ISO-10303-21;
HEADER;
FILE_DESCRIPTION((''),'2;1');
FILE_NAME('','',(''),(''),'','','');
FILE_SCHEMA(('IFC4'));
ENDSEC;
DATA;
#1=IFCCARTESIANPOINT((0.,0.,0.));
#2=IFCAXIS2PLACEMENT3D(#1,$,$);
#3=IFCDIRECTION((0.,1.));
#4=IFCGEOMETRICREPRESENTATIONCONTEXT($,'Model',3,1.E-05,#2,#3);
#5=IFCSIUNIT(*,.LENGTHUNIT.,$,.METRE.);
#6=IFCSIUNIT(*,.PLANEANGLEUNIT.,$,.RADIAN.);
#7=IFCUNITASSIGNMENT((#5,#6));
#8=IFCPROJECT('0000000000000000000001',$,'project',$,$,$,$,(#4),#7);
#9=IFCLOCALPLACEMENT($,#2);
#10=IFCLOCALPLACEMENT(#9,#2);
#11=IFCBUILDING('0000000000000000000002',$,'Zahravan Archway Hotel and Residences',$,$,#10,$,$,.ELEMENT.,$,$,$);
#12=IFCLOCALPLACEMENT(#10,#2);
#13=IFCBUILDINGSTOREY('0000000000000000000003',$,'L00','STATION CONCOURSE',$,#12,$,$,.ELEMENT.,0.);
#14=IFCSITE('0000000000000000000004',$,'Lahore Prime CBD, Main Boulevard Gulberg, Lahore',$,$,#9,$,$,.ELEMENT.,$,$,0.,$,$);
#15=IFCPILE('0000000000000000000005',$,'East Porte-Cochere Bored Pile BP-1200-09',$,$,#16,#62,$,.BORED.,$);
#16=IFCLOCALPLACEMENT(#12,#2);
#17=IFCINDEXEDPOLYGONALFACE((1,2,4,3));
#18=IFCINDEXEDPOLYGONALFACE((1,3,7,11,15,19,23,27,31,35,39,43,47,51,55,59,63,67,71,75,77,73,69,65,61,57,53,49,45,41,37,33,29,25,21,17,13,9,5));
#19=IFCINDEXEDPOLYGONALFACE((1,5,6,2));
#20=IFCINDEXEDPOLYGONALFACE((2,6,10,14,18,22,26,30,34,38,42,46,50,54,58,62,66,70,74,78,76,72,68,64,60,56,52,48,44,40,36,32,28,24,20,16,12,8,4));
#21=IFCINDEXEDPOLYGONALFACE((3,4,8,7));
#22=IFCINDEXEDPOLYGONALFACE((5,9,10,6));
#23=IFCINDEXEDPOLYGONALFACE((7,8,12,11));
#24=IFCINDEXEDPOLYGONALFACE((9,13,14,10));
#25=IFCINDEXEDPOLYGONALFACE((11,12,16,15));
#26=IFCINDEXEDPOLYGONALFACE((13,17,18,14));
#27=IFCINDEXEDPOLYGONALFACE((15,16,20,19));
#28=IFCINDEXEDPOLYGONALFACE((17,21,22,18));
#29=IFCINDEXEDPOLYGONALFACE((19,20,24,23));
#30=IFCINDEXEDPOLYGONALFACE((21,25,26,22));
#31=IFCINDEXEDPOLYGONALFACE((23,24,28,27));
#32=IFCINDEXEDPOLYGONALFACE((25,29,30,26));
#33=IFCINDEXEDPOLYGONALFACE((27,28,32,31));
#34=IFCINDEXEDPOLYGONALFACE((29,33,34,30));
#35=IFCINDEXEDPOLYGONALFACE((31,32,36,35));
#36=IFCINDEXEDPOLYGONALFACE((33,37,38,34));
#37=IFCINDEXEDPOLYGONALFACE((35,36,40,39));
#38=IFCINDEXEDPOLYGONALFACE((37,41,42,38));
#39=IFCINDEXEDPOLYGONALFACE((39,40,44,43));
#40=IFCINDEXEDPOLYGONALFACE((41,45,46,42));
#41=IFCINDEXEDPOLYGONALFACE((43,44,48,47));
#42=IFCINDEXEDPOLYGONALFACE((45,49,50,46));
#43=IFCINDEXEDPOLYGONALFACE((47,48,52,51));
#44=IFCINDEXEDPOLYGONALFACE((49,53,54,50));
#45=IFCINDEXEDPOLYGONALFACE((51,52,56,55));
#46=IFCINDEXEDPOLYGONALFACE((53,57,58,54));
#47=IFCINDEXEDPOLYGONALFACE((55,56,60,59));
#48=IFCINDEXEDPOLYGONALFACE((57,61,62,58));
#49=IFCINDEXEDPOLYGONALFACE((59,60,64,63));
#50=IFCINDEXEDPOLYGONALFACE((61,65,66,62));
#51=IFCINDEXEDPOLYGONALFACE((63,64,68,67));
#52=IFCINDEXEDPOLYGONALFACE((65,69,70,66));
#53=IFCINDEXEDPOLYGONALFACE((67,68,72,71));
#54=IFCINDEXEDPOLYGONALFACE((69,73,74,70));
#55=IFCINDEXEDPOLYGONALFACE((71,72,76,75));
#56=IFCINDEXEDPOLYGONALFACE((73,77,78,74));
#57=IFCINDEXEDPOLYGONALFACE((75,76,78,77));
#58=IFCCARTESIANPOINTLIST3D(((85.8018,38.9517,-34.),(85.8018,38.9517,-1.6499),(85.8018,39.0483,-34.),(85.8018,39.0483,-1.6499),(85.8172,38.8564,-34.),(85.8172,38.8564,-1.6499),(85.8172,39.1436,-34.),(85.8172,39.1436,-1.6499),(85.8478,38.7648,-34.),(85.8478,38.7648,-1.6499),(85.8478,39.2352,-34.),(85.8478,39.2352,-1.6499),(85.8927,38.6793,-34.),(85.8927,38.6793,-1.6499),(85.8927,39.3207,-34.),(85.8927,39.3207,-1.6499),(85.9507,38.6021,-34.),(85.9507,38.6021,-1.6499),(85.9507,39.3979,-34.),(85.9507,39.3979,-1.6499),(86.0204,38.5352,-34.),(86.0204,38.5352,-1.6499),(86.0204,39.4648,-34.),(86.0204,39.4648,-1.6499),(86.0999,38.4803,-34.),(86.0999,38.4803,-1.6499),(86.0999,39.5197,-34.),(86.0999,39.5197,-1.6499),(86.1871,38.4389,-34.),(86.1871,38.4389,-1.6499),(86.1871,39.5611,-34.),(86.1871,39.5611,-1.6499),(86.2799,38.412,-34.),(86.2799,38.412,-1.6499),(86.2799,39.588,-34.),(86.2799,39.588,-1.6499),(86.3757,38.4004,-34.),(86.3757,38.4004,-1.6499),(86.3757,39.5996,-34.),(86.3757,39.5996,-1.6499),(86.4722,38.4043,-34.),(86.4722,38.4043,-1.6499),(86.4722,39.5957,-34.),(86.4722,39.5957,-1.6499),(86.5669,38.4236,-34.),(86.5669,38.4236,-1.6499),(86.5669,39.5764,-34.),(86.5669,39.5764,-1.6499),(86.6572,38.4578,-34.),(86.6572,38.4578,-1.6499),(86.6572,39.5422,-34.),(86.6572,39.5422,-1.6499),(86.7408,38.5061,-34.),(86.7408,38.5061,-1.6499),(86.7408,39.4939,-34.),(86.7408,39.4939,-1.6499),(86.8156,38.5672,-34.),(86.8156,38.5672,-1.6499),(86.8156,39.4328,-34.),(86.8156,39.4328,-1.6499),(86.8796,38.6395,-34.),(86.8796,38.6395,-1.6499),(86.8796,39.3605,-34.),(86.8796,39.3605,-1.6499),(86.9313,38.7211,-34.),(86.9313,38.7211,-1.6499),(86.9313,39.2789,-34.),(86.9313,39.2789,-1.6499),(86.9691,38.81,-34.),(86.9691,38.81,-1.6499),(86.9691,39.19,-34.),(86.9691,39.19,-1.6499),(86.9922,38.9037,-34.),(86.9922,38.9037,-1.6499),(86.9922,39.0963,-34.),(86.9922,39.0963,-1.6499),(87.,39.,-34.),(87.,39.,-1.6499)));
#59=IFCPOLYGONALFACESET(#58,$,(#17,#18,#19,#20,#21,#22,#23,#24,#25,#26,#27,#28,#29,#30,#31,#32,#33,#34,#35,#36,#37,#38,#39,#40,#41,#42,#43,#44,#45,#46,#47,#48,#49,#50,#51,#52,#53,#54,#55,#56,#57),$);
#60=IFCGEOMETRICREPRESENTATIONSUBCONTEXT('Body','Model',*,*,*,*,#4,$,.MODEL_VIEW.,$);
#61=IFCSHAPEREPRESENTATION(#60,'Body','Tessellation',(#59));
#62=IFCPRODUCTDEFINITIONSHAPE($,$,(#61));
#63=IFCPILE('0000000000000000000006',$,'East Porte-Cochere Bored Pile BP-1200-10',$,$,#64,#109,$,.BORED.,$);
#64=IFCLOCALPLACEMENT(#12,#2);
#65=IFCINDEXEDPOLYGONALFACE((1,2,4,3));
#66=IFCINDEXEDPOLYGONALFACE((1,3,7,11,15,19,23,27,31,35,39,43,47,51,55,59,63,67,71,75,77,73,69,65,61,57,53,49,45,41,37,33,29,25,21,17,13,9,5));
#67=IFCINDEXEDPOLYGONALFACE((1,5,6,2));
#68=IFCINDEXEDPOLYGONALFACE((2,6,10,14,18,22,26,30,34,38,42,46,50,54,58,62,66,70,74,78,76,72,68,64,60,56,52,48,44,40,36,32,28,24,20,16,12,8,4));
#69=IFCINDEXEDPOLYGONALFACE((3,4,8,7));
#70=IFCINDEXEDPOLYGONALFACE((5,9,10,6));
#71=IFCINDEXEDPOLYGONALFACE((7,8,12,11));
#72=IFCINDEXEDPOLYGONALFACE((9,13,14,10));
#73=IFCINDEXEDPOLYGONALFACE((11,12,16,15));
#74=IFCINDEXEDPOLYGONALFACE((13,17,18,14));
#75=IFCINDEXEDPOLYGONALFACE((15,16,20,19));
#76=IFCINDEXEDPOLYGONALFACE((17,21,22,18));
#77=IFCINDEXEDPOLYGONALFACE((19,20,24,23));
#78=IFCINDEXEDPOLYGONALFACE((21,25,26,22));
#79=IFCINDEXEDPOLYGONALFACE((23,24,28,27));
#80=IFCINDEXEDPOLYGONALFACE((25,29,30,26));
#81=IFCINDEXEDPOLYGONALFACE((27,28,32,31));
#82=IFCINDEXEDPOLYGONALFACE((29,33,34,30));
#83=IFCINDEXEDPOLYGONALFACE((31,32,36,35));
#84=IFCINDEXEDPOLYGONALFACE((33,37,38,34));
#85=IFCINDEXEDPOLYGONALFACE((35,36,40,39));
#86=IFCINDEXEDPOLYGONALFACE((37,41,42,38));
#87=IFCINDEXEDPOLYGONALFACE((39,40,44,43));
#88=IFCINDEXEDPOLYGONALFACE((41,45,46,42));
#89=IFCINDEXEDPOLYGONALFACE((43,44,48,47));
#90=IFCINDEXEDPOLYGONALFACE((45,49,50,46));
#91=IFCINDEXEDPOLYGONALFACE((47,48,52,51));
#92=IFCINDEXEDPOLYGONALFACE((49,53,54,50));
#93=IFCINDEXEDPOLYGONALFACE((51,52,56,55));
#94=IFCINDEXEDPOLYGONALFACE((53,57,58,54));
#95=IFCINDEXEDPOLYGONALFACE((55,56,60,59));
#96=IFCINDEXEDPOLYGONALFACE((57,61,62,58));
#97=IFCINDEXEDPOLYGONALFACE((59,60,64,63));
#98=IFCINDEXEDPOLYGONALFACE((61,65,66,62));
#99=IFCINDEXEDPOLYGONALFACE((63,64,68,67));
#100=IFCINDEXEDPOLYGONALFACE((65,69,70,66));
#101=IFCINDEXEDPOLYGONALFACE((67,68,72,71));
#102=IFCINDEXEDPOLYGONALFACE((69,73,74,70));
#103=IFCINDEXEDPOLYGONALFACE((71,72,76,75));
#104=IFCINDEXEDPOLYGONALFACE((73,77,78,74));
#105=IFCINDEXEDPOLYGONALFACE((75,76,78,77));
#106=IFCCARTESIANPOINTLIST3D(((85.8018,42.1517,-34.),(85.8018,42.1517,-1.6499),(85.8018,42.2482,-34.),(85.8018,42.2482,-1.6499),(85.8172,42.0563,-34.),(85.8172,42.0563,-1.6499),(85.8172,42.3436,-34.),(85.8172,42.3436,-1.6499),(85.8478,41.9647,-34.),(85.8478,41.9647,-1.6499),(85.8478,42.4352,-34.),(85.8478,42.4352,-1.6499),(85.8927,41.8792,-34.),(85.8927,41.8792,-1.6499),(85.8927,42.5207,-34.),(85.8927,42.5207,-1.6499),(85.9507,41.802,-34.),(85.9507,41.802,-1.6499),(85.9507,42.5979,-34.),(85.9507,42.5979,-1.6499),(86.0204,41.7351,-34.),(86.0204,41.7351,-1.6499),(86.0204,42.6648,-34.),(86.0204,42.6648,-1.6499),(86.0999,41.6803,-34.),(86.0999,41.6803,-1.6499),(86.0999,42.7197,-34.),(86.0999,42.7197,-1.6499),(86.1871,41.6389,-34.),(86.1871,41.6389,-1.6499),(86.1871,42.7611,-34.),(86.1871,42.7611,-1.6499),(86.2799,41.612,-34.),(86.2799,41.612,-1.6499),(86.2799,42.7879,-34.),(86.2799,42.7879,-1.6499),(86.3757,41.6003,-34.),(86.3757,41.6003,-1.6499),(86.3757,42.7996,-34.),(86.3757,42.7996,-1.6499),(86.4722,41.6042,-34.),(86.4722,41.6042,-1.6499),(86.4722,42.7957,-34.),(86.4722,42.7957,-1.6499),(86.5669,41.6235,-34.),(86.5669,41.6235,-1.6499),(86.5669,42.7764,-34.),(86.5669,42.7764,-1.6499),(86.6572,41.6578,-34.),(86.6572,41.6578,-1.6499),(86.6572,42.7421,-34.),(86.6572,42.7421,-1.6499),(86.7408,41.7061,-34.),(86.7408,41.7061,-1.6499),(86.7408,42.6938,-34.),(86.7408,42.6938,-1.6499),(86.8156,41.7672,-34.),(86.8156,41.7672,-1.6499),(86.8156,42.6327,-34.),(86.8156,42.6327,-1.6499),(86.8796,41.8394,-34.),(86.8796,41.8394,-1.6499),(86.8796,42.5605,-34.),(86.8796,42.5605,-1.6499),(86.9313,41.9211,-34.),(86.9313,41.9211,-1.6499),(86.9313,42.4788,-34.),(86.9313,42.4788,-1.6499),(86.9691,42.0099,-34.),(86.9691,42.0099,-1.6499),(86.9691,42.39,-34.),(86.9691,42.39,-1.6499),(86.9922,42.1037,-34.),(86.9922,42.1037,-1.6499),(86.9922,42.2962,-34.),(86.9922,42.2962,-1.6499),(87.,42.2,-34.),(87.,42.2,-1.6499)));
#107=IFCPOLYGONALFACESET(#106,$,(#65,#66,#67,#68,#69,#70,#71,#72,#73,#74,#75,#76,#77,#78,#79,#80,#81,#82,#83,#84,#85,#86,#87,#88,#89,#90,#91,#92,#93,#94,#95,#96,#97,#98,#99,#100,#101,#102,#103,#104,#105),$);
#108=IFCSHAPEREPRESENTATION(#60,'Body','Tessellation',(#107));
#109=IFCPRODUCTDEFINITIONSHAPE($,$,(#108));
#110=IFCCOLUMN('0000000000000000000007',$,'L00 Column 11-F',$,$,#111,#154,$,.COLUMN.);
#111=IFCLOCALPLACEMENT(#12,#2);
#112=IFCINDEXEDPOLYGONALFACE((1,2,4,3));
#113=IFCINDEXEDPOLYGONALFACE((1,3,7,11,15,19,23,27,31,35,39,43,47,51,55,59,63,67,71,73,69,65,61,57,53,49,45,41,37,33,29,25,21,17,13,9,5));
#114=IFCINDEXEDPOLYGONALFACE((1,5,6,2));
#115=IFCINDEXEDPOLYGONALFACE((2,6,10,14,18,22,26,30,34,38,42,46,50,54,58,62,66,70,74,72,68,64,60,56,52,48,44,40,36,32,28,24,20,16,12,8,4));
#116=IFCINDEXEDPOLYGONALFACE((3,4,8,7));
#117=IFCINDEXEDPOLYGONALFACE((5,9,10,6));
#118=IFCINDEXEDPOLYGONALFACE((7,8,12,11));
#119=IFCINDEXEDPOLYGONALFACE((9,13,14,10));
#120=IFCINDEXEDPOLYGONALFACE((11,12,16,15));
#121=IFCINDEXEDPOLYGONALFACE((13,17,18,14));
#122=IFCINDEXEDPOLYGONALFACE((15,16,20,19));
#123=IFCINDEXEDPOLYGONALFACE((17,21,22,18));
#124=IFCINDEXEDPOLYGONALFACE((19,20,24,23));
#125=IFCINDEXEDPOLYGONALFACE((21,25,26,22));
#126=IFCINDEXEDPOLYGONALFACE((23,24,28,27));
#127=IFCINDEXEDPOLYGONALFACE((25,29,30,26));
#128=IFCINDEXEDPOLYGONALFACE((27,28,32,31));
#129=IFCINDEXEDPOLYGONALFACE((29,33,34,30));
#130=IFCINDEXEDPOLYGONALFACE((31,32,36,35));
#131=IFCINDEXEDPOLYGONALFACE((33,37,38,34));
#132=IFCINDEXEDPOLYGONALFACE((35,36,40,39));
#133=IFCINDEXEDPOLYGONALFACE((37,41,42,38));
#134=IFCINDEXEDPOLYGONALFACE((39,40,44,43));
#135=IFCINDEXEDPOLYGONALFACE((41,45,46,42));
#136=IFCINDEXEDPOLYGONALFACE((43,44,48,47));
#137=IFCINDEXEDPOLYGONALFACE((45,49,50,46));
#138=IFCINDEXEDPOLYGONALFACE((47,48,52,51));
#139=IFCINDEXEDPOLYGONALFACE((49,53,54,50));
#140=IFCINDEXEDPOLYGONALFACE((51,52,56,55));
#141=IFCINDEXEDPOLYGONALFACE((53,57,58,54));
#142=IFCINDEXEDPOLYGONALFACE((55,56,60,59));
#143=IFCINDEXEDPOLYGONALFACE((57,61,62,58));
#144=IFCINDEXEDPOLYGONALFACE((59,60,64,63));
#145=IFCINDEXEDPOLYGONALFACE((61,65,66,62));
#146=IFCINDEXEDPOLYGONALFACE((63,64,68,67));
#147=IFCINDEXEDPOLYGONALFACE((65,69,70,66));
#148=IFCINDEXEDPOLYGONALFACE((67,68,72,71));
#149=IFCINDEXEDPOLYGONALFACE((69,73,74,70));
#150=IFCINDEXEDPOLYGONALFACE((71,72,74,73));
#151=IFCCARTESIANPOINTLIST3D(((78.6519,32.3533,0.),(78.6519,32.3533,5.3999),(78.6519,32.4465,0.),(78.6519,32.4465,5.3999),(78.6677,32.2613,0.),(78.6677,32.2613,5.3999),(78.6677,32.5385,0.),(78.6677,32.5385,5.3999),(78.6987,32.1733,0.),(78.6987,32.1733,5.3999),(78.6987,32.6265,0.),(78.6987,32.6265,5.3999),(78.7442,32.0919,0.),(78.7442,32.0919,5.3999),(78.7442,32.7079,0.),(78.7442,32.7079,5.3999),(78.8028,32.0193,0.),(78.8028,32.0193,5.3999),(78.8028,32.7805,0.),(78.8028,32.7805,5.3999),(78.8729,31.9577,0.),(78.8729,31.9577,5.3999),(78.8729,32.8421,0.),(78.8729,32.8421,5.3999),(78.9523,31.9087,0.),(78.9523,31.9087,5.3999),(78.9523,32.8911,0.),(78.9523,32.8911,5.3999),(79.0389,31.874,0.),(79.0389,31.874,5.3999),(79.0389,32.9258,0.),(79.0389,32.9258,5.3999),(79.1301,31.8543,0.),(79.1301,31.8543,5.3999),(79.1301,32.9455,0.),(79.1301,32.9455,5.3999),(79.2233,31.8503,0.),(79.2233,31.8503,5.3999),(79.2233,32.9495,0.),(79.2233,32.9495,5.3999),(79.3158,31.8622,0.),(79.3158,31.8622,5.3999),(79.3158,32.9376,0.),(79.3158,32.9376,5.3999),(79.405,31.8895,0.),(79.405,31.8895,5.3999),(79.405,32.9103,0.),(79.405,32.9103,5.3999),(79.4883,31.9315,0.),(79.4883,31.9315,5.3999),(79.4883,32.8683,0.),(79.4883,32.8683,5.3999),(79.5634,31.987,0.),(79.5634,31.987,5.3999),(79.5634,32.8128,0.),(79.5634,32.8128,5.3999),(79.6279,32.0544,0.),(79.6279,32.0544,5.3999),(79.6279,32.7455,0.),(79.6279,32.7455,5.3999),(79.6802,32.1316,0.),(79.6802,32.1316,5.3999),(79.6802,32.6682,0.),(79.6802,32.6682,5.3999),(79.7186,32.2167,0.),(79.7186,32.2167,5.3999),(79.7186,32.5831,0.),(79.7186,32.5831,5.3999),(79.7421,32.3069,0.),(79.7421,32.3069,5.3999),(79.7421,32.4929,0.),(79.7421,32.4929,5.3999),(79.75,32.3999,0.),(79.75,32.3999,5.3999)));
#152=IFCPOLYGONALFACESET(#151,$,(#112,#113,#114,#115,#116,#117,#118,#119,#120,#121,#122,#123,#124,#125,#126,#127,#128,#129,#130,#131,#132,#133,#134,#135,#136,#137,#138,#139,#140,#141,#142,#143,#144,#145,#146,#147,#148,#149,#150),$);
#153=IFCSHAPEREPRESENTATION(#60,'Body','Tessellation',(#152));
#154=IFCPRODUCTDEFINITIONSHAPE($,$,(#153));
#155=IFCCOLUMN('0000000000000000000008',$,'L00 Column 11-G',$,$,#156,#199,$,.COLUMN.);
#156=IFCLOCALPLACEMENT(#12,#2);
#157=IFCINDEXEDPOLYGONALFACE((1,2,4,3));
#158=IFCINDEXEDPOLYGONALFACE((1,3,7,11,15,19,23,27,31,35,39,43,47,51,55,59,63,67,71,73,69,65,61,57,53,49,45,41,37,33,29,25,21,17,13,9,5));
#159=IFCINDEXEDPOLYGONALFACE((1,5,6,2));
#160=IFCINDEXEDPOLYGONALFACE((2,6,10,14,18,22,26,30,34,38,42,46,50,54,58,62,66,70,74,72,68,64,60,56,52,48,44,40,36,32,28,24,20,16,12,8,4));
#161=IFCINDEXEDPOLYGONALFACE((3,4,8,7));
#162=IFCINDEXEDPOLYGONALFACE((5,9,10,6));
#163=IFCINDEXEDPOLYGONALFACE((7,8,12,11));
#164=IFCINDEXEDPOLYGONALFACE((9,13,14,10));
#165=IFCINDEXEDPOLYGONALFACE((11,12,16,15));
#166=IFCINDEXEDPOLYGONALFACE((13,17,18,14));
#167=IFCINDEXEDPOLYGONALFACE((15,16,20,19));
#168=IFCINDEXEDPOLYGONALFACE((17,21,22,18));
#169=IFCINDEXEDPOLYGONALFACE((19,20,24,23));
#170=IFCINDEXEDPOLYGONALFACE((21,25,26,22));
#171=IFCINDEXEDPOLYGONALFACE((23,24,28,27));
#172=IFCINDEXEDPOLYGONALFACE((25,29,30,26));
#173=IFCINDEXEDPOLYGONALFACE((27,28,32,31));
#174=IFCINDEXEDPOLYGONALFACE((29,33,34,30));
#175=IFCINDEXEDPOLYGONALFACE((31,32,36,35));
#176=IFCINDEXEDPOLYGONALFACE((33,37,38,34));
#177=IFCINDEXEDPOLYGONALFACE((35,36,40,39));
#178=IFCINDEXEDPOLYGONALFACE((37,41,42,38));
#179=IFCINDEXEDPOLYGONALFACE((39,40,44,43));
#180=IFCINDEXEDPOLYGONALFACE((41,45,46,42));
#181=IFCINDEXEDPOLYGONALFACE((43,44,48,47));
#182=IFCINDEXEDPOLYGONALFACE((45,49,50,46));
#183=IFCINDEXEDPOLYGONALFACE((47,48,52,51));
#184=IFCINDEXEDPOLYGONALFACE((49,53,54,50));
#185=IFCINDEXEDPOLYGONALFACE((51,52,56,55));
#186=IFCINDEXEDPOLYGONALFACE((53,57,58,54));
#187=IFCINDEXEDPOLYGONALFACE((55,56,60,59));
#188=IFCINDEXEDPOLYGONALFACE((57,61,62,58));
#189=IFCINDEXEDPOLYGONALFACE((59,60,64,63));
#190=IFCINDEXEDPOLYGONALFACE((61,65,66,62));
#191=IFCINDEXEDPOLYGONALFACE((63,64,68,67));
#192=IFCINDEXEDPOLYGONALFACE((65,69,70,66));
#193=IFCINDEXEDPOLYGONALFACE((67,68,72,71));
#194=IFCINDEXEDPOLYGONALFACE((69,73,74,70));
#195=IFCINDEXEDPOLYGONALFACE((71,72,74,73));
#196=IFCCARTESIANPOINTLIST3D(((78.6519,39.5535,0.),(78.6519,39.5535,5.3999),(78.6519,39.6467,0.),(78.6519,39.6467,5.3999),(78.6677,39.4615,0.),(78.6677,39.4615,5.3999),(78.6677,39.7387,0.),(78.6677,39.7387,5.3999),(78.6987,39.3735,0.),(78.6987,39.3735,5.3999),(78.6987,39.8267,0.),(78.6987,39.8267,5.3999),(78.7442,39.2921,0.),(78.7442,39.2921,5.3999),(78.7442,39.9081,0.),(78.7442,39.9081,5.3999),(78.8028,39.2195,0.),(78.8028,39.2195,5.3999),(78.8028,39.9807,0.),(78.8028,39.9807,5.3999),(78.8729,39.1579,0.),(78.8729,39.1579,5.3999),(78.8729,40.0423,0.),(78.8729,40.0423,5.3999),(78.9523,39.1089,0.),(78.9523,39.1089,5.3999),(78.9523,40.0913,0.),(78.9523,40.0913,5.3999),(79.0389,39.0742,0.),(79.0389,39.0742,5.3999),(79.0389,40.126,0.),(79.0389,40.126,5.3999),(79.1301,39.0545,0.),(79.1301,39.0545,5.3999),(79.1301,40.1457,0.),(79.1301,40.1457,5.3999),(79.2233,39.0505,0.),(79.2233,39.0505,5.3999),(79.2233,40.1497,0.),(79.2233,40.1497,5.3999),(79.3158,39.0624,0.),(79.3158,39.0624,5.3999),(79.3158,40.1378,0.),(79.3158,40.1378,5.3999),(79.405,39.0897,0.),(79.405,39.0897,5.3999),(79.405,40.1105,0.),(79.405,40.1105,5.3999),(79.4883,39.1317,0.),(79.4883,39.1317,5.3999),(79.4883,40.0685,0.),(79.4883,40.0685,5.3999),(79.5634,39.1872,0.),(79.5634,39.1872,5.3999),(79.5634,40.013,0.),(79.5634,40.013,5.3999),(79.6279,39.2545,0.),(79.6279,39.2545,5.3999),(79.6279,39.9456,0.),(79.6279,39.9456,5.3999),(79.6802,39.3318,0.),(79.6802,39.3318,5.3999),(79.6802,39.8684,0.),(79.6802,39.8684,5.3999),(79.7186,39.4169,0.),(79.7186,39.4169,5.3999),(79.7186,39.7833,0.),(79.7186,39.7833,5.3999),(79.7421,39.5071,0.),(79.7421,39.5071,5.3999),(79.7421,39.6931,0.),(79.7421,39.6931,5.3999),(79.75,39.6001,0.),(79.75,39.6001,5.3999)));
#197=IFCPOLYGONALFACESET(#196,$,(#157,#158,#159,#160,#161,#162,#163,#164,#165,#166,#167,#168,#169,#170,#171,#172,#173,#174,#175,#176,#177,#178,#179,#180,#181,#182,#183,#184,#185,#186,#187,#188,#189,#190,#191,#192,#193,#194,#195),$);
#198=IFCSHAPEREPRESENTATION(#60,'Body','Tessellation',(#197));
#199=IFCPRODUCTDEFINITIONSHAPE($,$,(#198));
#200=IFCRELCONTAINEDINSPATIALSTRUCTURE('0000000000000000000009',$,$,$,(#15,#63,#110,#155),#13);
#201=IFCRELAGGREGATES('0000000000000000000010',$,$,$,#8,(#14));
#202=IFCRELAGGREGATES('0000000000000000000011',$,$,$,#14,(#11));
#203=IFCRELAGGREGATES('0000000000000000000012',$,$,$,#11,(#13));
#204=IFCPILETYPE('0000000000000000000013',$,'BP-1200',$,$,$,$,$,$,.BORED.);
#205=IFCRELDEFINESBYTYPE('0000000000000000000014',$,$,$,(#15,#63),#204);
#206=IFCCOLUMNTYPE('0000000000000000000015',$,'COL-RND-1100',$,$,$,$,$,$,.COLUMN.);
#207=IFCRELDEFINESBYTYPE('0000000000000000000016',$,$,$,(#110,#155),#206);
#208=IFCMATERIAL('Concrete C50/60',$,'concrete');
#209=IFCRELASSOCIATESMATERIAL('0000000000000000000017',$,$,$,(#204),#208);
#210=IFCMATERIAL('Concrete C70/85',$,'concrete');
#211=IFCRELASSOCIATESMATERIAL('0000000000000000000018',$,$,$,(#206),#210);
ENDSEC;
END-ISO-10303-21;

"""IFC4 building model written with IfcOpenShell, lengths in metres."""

from ifc_helpers import new_model, si_unit, direction, frame, origin, origin_2d, place, context, subcontext, project, spatial, circle, extrude, source, transform, mapped, material, material_profile, profile_set, type_object, type_shapes, element, save


model = new_model("IFC4")

# Units and contexts
model_context = context("Model", 3, precision=1e-05, world=origin(), true_north=direction((0.0, 1.0)))
body_context = subcontext(model_context, "Body", "Model", "MODEL_VIEW")
ifc_project = project(units=[si_unit("LENGTHUNIT", "METRE"), si_unit("PLANEANGLEUNIT", "RADIAN")], contexts=[model_context])

# Site, building, storey
site_placement = place(None, origin())
site = spatial("IfcSite", under=ifc_project, at=site_placement, Name="Lahore Prime CBD, Main Boulevard Gulberg, Lahore", CompositionType="ELEMENT", RefElevation=0.0)
building_placement = place(site_placement, origin())
building = spatial("IfcBuilding", under=site, at=building_placement, Name="Zahravan Archway Hotel and Residences", CompositionType="ELEMENT")
storey_placement = place(building_placement, origin())
storey = spatial("IfcBuildingStorey", under=building, at=storey_placement, Name="L00", Description="STATION CONCOURSE", CompositionType="ELEMENT", Elevation=0.0)

# Piles
ifc_material_1 = material(Name="Concrete C50/60", Category="concrete")
ifc_material_profile_1 = material_profile(ifc_material_1, circle(Radius=0.6001, at=origin_2d()), Name="PILE D1200", Category="concrete")
ifc_profile_set_1 = profile_set([ifc_material_profile_1], Name="Concrete C50/60")
pile_type = type_object("IfcPileType", Name="BP-1200", PredefinedType="BORED", material=ifc_profile_set_1)
shared_shape_1 = source(origin(), body_context, "Body", "SweptSolid", [
    extrude(circle(Radius=0.6001, at=origin_2d()), origin(), (0.0, 0.0, 1.0), 32.3501),
])
type_shapes(pile_type, [shared_shape_1])
for number, where, z_axis, x_axis, name in (
    (1, (86.3999, 39.0, -1.6499), (0.0, 0.0, -1.0), (1.0, 0.0, 0.0), "East Porte-Cochere Bored Pile BP-1200-09"),
    (2, (86.3999, 42.2, -1.6499), (0.0, 0.0, -1.0), (1.0, 0.0, 0.0), "East Porte-Cochere Bored Pile BP-1200-10"),
):
    element("IfcPile", number, at=place(storey_placement, frame(where, z_axis=z_axis, x_axis=x_axis)), inside=storey, type_object=pile_type, Name=name, PredefinedType="BORED", context=body_context, shape_type="MappedRepresentation", body=[
        mapped(shared_shape_1, transform((0.0, 0.0, 0.0), scale=1.0)),
    ])

# Columns
ifc_material_2 = material(Name="Concrete C70/85", Category="concrete")
ifc_material_profile_2 = material_profile(ifc_material_2, circle(Radius=0.55, at=origin_2d()), Name="RC-CIRC-1100", Category="concrete")
ifc_profile_set_2 = profile_set([ifc_material_profile_2], Name="Concrete C70/85")
column_type_1 = type_object("IfcColumnType", Name="COL-RND-1100", PredefinedType="COLUMN", material=ifc_profile_set_2)
shared_shape_2 = source(origin(), body_context, "Body", "SweptSolid", [
    extrude(circle(Radius=0.55, at=origin_2d()), origin(), (0.0, 0.0, 1.0), 5.3999),
])
type_shapes(column_type_1, [shared_shape_2])
for number, where, z_axis, x_axis, name in (
    (3, (79.2, 32.3999, 0.0), (0.0, 0.0, 1.0), (1.0, 0.0, 0.0), "L00 Column 11-F"),
    (4, (79.2, 39.6001, 0.0), (0.0, 0.0, 1.0), (1.0, 0.0, 0.0), "L00 Column 11-G"),
):
    element("IfcColumn", number, at=place(storey_placement, frame(where, z_axis=z_axis, x_axis=x_axis)), inside=storey, type_object=column_type_1, Name=name, PredefinedType="COLUMN", context=body_context, shape_type="MappedRepresentation", body=[
        mapped(shared_shape_2, transform((0.0, 0.0, 0.0), scale=1.0)),
    ])

save(model, "model.ifc")
